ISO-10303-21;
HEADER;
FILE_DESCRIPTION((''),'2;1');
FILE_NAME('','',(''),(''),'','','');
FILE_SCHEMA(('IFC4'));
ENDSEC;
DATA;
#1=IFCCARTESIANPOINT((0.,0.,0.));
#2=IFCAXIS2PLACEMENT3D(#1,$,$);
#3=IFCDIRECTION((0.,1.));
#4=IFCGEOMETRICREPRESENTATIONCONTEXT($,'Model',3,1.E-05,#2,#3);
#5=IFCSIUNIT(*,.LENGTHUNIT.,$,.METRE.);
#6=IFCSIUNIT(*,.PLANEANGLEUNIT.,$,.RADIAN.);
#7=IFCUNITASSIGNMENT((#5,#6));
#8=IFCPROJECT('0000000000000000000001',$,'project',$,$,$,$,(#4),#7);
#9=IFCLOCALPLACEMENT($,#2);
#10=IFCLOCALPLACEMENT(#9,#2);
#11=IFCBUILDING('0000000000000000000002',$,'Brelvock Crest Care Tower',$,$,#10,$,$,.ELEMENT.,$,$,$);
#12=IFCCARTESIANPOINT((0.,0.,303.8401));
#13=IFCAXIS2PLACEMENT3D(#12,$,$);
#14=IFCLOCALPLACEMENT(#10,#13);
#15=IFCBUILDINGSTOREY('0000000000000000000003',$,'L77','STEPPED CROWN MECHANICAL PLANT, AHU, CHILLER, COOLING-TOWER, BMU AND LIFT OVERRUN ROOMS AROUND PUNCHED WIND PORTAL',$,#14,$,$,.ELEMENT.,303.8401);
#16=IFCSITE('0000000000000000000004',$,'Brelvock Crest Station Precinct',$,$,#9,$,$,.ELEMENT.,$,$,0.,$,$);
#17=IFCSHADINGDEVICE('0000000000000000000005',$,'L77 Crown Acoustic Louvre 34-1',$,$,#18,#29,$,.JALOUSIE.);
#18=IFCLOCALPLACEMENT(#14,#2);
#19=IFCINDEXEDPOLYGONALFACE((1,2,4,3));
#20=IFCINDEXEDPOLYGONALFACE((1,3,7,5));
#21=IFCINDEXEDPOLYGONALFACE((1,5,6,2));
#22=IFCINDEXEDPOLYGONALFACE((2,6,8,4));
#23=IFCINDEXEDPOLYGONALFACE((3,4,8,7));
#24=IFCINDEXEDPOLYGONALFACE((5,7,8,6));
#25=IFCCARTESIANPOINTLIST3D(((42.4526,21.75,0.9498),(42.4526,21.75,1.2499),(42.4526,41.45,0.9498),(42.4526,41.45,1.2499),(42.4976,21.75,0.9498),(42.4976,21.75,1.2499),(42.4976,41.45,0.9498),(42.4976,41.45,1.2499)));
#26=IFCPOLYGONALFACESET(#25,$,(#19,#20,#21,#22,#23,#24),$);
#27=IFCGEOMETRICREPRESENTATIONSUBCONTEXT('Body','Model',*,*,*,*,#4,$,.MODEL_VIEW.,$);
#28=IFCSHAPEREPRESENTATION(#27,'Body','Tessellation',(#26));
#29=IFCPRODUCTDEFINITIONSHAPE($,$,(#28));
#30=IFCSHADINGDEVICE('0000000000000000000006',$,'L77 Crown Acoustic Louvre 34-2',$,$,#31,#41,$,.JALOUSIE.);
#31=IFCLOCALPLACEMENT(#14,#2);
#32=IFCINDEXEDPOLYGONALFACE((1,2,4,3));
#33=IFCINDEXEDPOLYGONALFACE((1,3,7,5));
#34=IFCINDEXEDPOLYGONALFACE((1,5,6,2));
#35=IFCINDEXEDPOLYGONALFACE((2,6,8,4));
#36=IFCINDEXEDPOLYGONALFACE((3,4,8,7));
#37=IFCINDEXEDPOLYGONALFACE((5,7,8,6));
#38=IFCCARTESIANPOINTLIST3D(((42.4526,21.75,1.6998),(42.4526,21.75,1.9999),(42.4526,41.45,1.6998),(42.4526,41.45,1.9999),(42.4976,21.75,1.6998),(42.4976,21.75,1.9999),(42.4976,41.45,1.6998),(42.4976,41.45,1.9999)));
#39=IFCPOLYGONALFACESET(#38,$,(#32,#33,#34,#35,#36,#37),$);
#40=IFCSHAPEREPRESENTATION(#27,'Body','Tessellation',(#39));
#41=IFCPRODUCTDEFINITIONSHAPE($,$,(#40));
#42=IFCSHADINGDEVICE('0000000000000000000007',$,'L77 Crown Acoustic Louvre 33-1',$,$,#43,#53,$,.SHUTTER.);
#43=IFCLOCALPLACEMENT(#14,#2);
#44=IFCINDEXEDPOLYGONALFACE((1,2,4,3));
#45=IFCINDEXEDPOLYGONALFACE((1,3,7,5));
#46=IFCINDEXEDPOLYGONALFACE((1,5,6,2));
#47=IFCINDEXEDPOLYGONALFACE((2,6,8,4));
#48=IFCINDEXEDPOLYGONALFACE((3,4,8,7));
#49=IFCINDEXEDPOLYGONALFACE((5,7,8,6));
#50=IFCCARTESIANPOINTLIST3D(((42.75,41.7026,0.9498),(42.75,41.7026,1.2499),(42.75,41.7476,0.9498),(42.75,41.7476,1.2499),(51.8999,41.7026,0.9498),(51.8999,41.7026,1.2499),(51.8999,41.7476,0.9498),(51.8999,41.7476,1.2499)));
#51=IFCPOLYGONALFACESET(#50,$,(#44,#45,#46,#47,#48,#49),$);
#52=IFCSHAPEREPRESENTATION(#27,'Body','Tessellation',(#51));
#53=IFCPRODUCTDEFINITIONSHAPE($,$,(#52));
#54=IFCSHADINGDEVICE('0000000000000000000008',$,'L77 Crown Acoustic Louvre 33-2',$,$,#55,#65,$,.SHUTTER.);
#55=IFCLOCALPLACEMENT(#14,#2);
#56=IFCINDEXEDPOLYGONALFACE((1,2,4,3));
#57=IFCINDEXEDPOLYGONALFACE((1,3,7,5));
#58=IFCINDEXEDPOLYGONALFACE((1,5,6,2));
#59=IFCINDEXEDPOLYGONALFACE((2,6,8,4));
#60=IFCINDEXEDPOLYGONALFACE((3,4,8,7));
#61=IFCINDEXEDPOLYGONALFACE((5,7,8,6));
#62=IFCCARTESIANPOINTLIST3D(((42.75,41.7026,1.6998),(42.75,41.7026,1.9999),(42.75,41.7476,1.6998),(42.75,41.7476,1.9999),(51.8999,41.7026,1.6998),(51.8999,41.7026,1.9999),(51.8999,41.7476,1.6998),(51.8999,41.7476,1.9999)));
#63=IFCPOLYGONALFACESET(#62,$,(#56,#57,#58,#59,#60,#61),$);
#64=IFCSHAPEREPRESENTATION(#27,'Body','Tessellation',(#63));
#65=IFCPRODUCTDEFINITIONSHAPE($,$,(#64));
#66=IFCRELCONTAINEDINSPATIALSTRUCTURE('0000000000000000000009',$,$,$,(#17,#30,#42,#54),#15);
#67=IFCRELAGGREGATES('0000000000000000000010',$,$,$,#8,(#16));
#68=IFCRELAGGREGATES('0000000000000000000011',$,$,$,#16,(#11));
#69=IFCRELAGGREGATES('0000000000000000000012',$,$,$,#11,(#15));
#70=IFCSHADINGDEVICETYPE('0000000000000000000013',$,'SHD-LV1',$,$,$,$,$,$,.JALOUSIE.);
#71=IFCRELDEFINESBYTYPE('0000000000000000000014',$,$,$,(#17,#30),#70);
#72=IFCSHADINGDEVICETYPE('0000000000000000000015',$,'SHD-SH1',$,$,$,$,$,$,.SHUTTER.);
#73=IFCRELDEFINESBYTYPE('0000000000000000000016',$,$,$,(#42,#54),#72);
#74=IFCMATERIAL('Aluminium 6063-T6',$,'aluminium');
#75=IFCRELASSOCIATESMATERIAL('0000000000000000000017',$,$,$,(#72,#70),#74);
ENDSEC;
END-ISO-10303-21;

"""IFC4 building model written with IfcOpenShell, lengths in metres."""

from ifc_helpers import new_model, si_unit, direction, frame, origin, origin_2d, place, context, subcontext, project, spatial, rectangle, extrude, source, transform, mapped, material, material_profile, profile_set, type_object, element, save


model = new_model("IFC4")

# Units and contexts
model_context = context("Model", 3, precision=1e-05, world=origin(), true_north=direction((0.0, 1.0)))
body_context = subcontext(model_context, "Body", "Model", "MODEL_VIEW")
ifc_project = project(units=[si_unit("LENGTHUNIT", "METRE"), si_unit("PLANEANGLEUNIT", "RADIAN")], contexts=[model_context])

# Site, building, storey
site_placement = place(None, origin())
site = spatial("IfcSite", under=ifc_project, at=site_placement, Name="Brelvock Crest Station Precinct", CompositionType="ELEMENT", RefElevation=0.0)
building_placement = place(site_placement, origin())
building = spatial("IfcBuilding", under=site, at=building_placement, Name="Brelvock Crest Care Tower", CompositionType="ELEMENT")
storey_placement = place(building_placement, frame((0.0, 0.0, 303.8401)))
storey = spatial("IfcBuildingStorey", under=building, at=storey_placement, Name="L77", Description="STEPPED CROWN MECHANICAL PLANT, AHU, CHILLER, COOLING-TOWER, BMU AND LIFT OVERRUN ROOMS AROUND PUNCHED WIND PORTAL", CompositionType="ELEMENT", Elevation=303.8401)

# Shading devices
ifc_material_1 = material(Name="Aluminium 6063-T6", Category="aluminium")
ifc_material_profile_1 = material_profile(ifc_material_1, rectangle(XDim=0.0449, YDim=0.3, at=origin_2d()), Name="LOUVRE45x300")
ifc_profile_set_1 = profile_set([ifc_material_profile_1], Name="Aluminium 6063-T6")
shading_device_type_1 = type_object("IfcShadingDeviceType", Name="SHD-SH1", PredefinedType="SHUTTER", material=ifc_profile_set_1)
ifc_material_profile_2 = material_profile(ifc_material_1, rectangle(XDim=0.0449, YDim=0.3, at=origin_2d()), Name="LOUVRE45x300")
ifc_profile_set_2 = profile_set([ifc_material_profile_2], Name="Aluminium 6063-T6")
shading_device_type_2 = type_object("IfcShadingDeviceType", Name="SHD-LV1", PredefinedType="JALOUSIE", material=ifc_profile_set_2)
shared_shape_1 = source(origin(), body_context, "Body", "SweptSolid", [
    extrude(rectangle(XDim=0.0449, YDim=0.3, at=origin_2d()), origin(), (0.0, 0.0, 1.0), 19.7),
])
for number, where, z_axis, x_axis, name in (
    (1, (42.4751, 41.45, 1.0999), (0.0, -1.0, 0.0), (1.0, 0.0, 0.0), "L77 Crown Acoustic Louvre 34-1"),
    (2, (42.4751, 41.45, 1.8499), (0.0, -1.0, 0.0), (1.0, 0.0, 0.0), "L77 Crown Acoustic Louvre 34-2"),
):
    element("IfcShadingDevice", number, at=place(storey_placement, frame(where, z_axis=z_axis, x_axis=x_axis)), inside=storey, type_object=shading_device_type_2, Name=name, PredefinedType="JALOUSIE", context=body_context, shape_type="MappedRepresentation", body=[
        mapped(shared_shape_1, transform((0.0, 0.0, 0.0), x_axis=(1.0, 0.0, 0.0), y_axis=(0.0, 1.0, 0.0), z_axis=(0.0, 0.0, 1.0), scale=1.0)),
    ])
shared_shape_2 = source(origin(), body_context, "Body", "SweptSolid", [
    extrude(rectangle(XDim=0.0449, YDim=0.3, at=origin_2d()), origin(), (0.0, 0.0, 1.0), 9.1499),
])
for number, where, z_axis, x_axis, name in (
    (3, (51.8999, 41.7251, 1.0999), (-1.0, 0.0, 0.0), (0.0, -1.0, 0.0), "L77 Crown Acoustic Louvre 33-1"),
    (4, (51.8999, 41.7251, 1.8499), (-1.0, 0.0, 0.0), (0.0, -1.0, 0.0), "L77 Crown Acoustic Louvre 33-2"),
):
    element("IfcShadingDevice", number, at=place(storey_placement, frame(where, z_axis=z_axis, x_axis=x_axis)), inside=storey, type_object=shading_device_type_1, Name=name, PredefinedType="SHUTTER", context=body_context, shape_type="MappedRepresentation", body=[
        mapped(shared_shape_2, transform((0.0, 0.0, 0.0), x_axis=(1.0, 0.0, 0.0), y_axis=(0.0, 1.0, 0.0), z_axis=(0.0, 0.0, 1.0), scale=1.0)),
    ])

save(model, "model.ifc")
